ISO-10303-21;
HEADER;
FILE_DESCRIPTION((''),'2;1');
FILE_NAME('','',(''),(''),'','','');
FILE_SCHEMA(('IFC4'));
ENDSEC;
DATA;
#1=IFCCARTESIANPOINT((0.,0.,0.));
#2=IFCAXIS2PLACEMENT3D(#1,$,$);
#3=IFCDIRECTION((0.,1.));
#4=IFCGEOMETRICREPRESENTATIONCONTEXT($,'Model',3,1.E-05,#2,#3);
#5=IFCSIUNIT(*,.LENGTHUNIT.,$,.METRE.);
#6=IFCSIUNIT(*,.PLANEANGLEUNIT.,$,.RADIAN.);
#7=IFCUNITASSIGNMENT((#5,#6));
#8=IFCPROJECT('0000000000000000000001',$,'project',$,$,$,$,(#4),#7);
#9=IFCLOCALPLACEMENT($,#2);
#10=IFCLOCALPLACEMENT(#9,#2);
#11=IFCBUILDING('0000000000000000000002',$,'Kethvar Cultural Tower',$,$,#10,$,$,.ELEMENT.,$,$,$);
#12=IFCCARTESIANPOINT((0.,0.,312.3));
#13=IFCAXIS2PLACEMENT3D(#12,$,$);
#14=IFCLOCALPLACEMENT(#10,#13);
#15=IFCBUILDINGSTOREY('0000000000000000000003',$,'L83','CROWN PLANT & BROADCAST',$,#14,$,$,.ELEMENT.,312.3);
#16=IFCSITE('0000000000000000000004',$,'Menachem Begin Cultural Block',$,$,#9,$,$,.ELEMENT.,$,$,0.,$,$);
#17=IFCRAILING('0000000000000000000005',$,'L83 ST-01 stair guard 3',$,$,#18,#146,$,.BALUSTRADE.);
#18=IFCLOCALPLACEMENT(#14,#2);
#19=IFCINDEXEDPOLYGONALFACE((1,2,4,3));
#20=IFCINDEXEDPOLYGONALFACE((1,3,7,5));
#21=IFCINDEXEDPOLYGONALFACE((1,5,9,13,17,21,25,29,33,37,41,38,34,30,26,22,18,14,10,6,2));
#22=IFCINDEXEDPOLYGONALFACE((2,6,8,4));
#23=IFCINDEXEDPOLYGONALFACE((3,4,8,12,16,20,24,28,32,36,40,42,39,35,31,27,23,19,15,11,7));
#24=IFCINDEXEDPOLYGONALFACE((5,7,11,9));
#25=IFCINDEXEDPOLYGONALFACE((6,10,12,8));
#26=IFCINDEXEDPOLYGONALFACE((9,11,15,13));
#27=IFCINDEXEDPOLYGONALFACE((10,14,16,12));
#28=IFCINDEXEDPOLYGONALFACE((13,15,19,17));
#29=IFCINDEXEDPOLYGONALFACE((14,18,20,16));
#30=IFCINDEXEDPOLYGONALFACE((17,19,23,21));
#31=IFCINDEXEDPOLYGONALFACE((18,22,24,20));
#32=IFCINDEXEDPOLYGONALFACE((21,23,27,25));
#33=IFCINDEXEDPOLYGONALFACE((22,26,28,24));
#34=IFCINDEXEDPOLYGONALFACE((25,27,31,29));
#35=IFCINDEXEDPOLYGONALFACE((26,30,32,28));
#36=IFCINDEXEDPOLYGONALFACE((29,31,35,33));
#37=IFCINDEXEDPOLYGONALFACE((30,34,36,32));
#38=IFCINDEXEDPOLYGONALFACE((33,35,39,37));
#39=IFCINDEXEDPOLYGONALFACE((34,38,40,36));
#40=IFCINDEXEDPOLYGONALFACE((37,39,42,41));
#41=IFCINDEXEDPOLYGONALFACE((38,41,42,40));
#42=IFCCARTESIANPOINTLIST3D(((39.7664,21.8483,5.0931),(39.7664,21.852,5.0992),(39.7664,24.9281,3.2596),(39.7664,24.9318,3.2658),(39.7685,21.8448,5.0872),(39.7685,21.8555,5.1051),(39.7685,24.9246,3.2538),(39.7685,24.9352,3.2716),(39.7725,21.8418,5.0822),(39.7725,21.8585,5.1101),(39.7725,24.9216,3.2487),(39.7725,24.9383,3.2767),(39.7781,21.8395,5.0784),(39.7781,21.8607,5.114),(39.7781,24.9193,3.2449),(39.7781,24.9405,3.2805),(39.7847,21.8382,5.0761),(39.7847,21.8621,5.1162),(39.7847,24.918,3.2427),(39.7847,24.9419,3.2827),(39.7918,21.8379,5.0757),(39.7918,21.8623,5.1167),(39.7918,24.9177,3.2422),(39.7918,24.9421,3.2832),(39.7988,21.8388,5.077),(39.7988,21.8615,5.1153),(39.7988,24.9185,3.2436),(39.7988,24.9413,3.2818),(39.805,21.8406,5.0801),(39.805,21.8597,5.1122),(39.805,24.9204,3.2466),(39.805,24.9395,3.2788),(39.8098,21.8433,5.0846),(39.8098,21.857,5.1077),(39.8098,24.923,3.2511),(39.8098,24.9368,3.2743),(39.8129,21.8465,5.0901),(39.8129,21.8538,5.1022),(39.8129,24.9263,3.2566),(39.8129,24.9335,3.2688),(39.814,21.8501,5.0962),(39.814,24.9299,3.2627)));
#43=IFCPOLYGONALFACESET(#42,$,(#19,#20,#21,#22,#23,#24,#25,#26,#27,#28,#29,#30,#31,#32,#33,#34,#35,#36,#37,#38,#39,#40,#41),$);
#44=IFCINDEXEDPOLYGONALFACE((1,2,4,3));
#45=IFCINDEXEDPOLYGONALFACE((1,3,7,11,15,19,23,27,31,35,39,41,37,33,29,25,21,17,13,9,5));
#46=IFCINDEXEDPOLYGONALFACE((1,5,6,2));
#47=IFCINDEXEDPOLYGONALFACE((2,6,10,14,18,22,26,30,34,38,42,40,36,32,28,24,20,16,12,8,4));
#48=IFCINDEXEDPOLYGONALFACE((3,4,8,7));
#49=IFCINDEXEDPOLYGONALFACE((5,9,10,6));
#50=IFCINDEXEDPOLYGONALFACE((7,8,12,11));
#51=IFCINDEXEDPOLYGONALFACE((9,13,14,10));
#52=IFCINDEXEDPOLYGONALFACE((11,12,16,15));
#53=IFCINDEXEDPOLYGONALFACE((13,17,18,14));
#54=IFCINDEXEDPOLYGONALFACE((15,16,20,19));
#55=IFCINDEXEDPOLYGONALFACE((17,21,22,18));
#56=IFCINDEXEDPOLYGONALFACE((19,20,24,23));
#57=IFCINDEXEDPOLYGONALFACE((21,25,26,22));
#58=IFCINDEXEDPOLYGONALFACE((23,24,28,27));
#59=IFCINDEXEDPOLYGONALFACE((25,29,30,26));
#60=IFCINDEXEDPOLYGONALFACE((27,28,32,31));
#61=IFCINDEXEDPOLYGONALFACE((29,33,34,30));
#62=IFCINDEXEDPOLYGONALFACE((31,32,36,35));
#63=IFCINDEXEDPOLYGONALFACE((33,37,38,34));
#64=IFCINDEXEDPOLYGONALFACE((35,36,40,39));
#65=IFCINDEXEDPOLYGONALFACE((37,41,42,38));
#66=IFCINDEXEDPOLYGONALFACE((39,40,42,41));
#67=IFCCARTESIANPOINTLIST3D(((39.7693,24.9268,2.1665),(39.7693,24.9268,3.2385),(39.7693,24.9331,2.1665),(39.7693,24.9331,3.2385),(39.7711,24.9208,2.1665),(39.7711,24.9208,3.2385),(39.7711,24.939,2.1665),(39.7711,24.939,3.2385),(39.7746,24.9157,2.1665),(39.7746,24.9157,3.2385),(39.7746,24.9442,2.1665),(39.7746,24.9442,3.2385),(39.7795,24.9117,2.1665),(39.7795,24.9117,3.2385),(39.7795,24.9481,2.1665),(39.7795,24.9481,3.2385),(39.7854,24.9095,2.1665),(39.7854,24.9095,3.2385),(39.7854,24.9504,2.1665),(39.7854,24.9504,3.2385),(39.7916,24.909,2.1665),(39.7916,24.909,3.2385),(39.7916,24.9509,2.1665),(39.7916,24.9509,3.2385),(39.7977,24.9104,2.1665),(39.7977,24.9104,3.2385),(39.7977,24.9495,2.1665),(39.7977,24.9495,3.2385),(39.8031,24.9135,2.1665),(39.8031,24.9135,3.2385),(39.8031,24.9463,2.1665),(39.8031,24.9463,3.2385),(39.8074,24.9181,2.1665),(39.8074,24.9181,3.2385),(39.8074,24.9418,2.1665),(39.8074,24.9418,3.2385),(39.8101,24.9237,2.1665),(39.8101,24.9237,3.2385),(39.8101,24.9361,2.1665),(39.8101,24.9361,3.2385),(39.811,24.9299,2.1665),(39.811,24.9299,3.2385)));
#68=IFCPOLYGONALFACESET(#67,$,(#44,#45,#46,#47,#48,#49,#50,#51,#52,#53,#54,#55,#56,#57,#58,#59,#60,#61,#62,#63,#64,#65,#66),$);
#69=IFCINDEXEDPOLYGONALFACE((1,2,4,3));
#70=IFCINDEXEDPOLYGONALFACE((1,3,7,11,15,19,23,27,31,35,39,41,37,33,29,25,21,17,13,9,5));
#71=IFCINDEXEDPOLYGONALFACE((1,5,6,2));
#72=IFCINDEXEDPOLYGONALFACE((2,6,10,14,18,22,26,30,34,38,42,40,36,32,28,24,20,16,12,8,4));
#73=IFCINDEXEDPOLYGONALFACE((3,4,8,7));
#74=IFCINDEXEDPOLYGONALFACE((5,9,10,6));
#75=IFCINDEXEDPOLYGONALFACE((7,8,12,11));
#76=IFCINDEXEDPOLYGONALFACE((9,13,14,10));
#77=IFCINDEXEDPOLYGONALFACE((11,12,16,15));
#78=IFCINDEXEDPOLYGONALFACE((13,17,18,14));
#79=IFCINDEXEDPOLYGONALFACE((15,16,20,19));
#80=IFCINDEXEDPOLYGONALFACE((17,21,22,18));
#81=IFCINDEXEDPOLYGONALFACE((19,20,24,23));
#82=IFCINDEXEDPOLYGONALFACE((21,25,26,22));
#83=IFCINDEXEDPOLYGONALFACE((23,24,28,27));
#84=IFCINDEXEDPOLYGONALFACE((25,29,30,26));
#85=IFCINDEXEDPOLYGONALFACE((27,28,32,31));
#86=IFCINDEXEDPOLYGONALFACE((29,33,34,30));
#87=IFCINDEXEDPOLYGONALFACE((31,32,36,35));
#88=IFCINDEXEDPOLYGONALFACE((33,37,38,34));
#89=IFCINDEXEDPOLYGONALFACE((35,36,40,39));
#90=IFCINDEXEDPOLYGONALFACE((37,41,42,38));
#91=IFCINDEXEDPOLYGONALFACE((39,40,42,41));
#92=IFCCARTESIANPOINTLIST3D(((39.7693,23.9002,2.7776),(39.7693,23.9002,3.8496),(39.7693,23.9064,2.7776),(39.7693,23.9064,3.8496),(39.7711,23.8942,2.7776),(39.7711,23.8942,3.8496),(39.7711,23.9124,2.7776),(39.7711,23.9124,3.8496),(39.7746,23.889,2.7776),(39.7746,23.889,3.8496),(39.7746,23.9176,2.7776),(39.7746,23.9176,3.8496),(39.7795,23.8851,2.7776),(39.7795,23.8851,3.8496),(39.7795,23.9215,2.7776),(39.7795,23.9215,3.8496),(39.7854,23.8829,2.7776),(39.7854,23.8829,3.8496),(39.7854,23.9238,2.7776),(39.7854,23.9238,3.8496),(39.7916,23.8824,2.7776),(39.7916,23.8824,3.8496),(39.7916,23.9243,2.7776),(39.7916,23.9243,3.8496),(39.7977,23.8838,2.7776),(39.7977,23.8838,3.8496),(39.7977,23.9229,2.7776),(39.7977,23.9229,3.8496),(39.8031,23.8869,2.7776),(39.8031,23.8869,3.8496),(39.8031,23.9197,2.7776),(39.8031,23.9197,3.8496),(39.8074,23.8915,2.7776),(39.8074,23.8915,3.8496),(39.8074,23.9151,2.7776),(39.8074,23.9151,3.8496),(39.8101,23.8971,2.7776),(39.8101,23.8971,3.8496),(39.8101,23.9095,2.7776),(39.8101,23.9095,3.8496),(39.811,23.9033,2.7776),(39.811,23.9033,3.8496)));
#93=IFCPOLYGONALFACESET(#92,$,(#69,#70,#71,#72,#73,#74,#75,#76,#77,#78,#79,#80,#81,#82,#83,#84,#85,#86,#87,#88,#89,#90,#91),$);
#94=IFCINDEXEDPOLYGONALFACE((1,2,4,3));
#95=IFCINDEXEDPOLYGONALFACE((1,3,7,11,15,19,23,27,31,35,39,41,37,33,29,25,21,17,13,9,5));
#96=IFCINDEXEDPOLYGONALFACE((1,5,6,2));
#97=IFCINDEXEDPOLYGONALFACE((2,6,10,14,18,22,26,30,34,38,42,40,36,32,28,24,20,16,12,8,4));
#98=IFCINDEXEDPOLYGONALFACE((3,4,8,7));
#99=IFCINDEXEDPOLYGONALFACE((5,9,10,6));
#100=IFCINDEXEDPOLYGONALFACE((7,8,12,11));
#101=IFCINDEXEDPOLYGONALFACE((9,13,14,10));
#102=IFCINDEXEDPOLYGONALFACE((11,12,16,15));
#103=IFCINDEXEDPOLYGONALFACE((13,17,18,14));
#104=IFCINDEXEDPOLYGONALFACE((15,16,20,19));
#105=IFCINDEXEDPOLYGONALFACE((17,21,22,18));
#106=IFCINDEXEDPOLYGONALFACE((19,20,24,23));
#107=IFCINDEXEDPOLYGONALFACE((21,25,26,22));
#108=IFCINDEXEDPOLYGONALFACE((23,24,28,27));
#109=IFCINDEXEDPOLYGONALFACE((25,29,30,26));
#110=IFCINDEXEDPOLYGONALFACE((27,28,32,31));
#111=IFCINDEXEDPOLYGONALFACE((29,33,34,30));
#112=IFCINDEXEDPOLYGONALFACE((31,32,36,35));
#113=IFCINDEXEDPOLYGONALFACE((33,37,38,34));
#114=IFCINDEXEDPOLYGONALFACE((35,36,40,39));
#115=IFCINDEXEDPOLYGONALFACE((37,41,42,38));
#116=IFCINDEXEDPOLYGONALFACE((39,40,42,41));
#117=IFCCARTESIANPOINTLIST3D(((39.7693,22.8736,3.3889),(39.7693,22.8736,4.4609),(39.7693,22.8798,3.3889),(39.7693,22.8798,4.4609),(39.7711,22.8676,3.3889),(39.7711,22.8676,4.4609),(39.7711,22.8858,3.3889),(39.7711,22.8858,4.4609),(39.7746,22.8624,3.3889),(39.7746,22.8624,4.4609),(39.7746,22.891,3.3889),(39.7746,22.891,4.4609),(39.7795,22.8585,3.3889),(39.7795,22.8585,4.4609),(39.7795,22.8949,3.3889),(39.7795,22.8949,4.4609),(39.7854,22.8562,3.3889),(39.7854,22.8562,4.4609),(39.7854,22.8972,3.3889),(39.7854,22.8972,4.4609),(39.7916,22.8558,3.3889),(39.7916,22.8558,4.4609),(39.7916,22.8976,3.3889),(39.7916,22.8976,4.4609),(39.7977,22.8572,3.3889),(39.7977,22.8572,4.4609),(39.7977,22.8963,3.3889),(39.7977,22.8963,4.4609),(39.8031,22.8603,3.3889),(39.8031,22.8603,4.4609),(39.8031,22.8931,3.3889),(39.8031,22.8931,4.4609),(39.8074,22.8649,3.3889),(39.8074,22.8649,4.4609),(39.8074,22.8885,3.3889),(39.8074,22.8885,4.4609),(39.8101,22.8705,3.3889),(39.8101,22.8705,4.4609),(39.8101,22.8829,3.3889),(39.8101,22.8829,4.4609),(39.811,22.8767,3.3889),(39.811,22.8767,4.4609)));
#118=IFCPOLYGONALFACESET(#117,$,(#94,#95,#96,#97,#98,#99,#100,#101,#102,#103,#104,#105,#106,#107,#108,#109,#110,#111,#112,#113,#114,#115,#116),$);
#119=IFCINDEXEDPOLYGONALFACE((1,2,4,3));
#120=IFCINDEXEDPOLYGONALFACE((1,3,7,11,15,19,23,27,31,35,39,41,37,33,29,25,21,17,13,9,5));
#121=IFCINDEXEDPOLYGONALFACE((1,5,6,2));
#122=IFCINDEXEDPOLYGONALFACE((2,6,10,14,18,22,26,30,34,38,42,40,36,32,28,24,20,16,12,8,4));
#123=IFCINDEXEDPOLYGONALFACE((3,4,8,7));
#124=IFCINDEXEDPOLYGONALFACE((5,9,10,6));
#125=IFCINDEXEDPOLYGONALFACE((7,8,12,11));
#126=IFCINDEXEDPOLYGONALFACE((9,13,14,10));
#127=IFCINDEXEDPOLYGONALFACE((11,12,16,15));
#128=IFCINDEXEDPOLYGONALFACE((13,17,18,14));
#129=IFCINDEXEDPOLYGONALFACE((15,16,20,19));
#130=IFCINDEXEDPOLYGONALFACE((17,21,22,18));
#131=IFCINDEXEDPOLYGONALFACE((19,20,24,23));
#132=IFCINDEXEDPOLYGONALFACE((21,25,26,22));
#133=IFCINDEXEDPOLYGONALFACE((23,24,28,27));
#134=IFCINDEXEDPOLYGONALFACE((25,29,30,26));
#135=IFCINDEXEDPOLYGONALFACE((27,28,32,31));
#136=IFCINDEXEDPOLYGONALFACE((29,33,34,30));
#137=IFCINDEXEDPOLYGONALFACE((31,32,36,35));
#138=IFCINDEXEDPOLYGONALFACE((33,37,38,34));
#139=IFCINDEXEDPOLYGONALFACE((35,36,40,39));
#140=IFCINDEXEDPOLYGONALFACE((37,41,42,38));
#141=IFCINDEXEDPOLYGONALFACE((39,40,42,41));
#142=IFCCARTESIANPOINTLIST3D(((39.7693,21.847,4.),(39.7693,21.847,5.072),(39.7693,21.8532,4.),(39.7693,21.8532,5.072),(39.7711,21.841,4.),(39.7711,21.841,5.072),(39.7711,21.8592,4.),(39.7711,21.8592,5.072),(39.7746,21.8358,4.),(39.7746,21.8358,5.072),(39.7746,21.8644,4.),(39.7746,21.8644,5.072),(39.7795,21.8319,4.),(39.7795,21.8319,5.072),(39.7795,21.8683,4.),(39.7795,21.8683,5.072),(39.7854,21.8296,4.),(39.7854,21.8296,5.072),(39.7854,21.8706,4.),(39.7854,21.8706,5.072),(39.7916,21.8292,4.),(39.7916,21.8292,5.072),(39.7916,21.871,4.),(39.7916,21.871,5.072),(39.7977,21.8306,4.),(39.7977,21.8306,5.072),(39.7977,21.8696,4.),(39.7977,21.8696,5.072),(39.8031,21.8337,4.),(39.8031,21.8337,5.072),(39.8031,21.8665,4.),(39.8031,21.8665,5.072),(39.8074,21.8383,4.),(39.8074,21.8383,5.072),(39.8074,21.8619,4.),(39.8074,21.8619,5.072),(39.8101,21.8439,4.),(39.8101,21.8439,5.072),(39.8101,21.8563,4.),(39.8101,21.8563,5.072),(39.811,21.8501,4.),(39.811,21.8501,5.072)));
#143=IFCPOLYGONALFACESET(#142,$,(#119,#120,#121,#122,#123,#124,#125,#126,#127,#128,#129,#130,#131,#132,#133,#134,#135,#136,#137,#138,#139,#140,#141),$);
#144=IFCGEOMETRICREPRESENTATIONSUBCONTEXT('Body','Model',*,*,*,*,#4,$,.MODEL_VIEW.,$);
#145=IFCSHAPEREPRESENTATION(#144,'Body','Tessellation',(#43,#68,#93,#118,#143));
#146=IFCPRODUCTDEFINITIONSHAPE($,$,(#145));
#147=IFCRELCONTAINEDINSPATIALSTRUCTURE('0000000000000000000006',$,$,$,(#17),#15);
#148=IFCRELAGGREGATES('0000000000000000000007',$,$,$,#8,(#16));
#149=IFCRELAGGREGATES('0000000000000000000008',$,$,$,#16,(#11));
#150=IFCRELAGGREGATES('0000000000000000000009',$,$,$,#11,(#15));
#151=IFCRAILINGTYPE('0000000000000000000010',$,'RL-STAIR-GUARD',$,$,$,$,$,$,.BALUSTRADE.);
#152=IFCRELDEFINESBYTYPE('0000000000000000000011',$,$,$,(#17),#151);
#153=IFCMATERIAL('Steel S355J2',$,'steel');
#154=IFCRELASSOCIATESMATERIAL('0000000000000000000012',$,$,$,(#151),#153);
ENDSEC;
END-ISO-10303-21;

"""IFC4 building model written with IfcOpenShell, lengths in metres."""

from ifc_helpers import new_model, si_unit, direction, frame, origin, origin_2d, place, context, subcontext, project, spatial, circle, extrude, material, type_object, element, save


model = new_model("IFC4")

# Units and contexts
model_context = context("Model", 3, precision=1e-05, world=origin(), true_north=direction((0.0, 1.0)))
body_context = subcontext(model_context, "Body", "Model", "MODEL_VIEW")
ifc_project = project(units=[si_unit("LENGTHUNIT", "METRE"), si_unit("PLANEANGLEUNIT", "RADIAN")], contexts=[model_context])

# Site, building, storey
site_placement = place(None, origin())
site = spatial("IfcSite", under=ifc_project, at=site_placement, Name="Menachem Begin Cultural Block", CompositionType="ELEMENT", RefElevation=0.0)
building_placement = place(site_placement, origin())
building = spatial("IfcBuilding", under=site, at=building_placement, Name="Kethvar Cultural Tower", CompositionType="ELEMENT")
storey_placement = place(building_placement, frame((0.0, 0.0, 312.3)))
storey = spatial("IfcBuildingStorey", under=building, at=storey_placement, Name="L83", Description="CROWN PLANT & BROADCAST", CompositionType="ELEMENT", Elevation=312.3)

# Shared definitions
ifc_material_1 = material(Name="Steel S355J2", Category="steel")

# Railing
railing_type = type_object("IfcRailingType", Name="RL-STAIR-GUARD", PredefinedType="BALUSTRADE", material=ifc_material_1)
railing_1_placement = place(storey_placement, frame((39.79, 24.9299, 2.1665)))
element("IfcRailing", 1, at=railing_1_placement, inside=storey, type_object=railing_type, Name="L83 ST-01 stair guard 3", PredefinedType="BALUSTRADE", context=body_context, shape_type="SweptSolid", body=[
    extrude(circle(Radius=0.0239, at=origin_2d()), frame((0.0, 0.0, 1.0962), z_axis=(0.0, -0.859261, 0.511538), x_axis=(1.0, 0.0, 0.0)), (0.0, 0.0, 1.0), 3.5842),
    extrude(circle(Radius=0.021, at=origin_2d()), origin(), (0.0, 0.0, 1.0), 1.072),
    extrude(circle(Radius=0.021, at=origin_2d()), frame((0.0, -1.0266, 0.6111)), (0.0, 0.0, 1.0), 1.072),
    extrude(circle(Radius=0.021, at=origin_2d()), frame((0.0, -2.0532, 1.2224)), (0.0, 0.0, 1.0), 1.072),
    extrude(circle(Radius=0.021, at=origin_2d()), frame((0.0, -3.0798, 1.8335)), (0.0, 0.0, 1.0), 1.072),
])

save(model, "model.ifc")
